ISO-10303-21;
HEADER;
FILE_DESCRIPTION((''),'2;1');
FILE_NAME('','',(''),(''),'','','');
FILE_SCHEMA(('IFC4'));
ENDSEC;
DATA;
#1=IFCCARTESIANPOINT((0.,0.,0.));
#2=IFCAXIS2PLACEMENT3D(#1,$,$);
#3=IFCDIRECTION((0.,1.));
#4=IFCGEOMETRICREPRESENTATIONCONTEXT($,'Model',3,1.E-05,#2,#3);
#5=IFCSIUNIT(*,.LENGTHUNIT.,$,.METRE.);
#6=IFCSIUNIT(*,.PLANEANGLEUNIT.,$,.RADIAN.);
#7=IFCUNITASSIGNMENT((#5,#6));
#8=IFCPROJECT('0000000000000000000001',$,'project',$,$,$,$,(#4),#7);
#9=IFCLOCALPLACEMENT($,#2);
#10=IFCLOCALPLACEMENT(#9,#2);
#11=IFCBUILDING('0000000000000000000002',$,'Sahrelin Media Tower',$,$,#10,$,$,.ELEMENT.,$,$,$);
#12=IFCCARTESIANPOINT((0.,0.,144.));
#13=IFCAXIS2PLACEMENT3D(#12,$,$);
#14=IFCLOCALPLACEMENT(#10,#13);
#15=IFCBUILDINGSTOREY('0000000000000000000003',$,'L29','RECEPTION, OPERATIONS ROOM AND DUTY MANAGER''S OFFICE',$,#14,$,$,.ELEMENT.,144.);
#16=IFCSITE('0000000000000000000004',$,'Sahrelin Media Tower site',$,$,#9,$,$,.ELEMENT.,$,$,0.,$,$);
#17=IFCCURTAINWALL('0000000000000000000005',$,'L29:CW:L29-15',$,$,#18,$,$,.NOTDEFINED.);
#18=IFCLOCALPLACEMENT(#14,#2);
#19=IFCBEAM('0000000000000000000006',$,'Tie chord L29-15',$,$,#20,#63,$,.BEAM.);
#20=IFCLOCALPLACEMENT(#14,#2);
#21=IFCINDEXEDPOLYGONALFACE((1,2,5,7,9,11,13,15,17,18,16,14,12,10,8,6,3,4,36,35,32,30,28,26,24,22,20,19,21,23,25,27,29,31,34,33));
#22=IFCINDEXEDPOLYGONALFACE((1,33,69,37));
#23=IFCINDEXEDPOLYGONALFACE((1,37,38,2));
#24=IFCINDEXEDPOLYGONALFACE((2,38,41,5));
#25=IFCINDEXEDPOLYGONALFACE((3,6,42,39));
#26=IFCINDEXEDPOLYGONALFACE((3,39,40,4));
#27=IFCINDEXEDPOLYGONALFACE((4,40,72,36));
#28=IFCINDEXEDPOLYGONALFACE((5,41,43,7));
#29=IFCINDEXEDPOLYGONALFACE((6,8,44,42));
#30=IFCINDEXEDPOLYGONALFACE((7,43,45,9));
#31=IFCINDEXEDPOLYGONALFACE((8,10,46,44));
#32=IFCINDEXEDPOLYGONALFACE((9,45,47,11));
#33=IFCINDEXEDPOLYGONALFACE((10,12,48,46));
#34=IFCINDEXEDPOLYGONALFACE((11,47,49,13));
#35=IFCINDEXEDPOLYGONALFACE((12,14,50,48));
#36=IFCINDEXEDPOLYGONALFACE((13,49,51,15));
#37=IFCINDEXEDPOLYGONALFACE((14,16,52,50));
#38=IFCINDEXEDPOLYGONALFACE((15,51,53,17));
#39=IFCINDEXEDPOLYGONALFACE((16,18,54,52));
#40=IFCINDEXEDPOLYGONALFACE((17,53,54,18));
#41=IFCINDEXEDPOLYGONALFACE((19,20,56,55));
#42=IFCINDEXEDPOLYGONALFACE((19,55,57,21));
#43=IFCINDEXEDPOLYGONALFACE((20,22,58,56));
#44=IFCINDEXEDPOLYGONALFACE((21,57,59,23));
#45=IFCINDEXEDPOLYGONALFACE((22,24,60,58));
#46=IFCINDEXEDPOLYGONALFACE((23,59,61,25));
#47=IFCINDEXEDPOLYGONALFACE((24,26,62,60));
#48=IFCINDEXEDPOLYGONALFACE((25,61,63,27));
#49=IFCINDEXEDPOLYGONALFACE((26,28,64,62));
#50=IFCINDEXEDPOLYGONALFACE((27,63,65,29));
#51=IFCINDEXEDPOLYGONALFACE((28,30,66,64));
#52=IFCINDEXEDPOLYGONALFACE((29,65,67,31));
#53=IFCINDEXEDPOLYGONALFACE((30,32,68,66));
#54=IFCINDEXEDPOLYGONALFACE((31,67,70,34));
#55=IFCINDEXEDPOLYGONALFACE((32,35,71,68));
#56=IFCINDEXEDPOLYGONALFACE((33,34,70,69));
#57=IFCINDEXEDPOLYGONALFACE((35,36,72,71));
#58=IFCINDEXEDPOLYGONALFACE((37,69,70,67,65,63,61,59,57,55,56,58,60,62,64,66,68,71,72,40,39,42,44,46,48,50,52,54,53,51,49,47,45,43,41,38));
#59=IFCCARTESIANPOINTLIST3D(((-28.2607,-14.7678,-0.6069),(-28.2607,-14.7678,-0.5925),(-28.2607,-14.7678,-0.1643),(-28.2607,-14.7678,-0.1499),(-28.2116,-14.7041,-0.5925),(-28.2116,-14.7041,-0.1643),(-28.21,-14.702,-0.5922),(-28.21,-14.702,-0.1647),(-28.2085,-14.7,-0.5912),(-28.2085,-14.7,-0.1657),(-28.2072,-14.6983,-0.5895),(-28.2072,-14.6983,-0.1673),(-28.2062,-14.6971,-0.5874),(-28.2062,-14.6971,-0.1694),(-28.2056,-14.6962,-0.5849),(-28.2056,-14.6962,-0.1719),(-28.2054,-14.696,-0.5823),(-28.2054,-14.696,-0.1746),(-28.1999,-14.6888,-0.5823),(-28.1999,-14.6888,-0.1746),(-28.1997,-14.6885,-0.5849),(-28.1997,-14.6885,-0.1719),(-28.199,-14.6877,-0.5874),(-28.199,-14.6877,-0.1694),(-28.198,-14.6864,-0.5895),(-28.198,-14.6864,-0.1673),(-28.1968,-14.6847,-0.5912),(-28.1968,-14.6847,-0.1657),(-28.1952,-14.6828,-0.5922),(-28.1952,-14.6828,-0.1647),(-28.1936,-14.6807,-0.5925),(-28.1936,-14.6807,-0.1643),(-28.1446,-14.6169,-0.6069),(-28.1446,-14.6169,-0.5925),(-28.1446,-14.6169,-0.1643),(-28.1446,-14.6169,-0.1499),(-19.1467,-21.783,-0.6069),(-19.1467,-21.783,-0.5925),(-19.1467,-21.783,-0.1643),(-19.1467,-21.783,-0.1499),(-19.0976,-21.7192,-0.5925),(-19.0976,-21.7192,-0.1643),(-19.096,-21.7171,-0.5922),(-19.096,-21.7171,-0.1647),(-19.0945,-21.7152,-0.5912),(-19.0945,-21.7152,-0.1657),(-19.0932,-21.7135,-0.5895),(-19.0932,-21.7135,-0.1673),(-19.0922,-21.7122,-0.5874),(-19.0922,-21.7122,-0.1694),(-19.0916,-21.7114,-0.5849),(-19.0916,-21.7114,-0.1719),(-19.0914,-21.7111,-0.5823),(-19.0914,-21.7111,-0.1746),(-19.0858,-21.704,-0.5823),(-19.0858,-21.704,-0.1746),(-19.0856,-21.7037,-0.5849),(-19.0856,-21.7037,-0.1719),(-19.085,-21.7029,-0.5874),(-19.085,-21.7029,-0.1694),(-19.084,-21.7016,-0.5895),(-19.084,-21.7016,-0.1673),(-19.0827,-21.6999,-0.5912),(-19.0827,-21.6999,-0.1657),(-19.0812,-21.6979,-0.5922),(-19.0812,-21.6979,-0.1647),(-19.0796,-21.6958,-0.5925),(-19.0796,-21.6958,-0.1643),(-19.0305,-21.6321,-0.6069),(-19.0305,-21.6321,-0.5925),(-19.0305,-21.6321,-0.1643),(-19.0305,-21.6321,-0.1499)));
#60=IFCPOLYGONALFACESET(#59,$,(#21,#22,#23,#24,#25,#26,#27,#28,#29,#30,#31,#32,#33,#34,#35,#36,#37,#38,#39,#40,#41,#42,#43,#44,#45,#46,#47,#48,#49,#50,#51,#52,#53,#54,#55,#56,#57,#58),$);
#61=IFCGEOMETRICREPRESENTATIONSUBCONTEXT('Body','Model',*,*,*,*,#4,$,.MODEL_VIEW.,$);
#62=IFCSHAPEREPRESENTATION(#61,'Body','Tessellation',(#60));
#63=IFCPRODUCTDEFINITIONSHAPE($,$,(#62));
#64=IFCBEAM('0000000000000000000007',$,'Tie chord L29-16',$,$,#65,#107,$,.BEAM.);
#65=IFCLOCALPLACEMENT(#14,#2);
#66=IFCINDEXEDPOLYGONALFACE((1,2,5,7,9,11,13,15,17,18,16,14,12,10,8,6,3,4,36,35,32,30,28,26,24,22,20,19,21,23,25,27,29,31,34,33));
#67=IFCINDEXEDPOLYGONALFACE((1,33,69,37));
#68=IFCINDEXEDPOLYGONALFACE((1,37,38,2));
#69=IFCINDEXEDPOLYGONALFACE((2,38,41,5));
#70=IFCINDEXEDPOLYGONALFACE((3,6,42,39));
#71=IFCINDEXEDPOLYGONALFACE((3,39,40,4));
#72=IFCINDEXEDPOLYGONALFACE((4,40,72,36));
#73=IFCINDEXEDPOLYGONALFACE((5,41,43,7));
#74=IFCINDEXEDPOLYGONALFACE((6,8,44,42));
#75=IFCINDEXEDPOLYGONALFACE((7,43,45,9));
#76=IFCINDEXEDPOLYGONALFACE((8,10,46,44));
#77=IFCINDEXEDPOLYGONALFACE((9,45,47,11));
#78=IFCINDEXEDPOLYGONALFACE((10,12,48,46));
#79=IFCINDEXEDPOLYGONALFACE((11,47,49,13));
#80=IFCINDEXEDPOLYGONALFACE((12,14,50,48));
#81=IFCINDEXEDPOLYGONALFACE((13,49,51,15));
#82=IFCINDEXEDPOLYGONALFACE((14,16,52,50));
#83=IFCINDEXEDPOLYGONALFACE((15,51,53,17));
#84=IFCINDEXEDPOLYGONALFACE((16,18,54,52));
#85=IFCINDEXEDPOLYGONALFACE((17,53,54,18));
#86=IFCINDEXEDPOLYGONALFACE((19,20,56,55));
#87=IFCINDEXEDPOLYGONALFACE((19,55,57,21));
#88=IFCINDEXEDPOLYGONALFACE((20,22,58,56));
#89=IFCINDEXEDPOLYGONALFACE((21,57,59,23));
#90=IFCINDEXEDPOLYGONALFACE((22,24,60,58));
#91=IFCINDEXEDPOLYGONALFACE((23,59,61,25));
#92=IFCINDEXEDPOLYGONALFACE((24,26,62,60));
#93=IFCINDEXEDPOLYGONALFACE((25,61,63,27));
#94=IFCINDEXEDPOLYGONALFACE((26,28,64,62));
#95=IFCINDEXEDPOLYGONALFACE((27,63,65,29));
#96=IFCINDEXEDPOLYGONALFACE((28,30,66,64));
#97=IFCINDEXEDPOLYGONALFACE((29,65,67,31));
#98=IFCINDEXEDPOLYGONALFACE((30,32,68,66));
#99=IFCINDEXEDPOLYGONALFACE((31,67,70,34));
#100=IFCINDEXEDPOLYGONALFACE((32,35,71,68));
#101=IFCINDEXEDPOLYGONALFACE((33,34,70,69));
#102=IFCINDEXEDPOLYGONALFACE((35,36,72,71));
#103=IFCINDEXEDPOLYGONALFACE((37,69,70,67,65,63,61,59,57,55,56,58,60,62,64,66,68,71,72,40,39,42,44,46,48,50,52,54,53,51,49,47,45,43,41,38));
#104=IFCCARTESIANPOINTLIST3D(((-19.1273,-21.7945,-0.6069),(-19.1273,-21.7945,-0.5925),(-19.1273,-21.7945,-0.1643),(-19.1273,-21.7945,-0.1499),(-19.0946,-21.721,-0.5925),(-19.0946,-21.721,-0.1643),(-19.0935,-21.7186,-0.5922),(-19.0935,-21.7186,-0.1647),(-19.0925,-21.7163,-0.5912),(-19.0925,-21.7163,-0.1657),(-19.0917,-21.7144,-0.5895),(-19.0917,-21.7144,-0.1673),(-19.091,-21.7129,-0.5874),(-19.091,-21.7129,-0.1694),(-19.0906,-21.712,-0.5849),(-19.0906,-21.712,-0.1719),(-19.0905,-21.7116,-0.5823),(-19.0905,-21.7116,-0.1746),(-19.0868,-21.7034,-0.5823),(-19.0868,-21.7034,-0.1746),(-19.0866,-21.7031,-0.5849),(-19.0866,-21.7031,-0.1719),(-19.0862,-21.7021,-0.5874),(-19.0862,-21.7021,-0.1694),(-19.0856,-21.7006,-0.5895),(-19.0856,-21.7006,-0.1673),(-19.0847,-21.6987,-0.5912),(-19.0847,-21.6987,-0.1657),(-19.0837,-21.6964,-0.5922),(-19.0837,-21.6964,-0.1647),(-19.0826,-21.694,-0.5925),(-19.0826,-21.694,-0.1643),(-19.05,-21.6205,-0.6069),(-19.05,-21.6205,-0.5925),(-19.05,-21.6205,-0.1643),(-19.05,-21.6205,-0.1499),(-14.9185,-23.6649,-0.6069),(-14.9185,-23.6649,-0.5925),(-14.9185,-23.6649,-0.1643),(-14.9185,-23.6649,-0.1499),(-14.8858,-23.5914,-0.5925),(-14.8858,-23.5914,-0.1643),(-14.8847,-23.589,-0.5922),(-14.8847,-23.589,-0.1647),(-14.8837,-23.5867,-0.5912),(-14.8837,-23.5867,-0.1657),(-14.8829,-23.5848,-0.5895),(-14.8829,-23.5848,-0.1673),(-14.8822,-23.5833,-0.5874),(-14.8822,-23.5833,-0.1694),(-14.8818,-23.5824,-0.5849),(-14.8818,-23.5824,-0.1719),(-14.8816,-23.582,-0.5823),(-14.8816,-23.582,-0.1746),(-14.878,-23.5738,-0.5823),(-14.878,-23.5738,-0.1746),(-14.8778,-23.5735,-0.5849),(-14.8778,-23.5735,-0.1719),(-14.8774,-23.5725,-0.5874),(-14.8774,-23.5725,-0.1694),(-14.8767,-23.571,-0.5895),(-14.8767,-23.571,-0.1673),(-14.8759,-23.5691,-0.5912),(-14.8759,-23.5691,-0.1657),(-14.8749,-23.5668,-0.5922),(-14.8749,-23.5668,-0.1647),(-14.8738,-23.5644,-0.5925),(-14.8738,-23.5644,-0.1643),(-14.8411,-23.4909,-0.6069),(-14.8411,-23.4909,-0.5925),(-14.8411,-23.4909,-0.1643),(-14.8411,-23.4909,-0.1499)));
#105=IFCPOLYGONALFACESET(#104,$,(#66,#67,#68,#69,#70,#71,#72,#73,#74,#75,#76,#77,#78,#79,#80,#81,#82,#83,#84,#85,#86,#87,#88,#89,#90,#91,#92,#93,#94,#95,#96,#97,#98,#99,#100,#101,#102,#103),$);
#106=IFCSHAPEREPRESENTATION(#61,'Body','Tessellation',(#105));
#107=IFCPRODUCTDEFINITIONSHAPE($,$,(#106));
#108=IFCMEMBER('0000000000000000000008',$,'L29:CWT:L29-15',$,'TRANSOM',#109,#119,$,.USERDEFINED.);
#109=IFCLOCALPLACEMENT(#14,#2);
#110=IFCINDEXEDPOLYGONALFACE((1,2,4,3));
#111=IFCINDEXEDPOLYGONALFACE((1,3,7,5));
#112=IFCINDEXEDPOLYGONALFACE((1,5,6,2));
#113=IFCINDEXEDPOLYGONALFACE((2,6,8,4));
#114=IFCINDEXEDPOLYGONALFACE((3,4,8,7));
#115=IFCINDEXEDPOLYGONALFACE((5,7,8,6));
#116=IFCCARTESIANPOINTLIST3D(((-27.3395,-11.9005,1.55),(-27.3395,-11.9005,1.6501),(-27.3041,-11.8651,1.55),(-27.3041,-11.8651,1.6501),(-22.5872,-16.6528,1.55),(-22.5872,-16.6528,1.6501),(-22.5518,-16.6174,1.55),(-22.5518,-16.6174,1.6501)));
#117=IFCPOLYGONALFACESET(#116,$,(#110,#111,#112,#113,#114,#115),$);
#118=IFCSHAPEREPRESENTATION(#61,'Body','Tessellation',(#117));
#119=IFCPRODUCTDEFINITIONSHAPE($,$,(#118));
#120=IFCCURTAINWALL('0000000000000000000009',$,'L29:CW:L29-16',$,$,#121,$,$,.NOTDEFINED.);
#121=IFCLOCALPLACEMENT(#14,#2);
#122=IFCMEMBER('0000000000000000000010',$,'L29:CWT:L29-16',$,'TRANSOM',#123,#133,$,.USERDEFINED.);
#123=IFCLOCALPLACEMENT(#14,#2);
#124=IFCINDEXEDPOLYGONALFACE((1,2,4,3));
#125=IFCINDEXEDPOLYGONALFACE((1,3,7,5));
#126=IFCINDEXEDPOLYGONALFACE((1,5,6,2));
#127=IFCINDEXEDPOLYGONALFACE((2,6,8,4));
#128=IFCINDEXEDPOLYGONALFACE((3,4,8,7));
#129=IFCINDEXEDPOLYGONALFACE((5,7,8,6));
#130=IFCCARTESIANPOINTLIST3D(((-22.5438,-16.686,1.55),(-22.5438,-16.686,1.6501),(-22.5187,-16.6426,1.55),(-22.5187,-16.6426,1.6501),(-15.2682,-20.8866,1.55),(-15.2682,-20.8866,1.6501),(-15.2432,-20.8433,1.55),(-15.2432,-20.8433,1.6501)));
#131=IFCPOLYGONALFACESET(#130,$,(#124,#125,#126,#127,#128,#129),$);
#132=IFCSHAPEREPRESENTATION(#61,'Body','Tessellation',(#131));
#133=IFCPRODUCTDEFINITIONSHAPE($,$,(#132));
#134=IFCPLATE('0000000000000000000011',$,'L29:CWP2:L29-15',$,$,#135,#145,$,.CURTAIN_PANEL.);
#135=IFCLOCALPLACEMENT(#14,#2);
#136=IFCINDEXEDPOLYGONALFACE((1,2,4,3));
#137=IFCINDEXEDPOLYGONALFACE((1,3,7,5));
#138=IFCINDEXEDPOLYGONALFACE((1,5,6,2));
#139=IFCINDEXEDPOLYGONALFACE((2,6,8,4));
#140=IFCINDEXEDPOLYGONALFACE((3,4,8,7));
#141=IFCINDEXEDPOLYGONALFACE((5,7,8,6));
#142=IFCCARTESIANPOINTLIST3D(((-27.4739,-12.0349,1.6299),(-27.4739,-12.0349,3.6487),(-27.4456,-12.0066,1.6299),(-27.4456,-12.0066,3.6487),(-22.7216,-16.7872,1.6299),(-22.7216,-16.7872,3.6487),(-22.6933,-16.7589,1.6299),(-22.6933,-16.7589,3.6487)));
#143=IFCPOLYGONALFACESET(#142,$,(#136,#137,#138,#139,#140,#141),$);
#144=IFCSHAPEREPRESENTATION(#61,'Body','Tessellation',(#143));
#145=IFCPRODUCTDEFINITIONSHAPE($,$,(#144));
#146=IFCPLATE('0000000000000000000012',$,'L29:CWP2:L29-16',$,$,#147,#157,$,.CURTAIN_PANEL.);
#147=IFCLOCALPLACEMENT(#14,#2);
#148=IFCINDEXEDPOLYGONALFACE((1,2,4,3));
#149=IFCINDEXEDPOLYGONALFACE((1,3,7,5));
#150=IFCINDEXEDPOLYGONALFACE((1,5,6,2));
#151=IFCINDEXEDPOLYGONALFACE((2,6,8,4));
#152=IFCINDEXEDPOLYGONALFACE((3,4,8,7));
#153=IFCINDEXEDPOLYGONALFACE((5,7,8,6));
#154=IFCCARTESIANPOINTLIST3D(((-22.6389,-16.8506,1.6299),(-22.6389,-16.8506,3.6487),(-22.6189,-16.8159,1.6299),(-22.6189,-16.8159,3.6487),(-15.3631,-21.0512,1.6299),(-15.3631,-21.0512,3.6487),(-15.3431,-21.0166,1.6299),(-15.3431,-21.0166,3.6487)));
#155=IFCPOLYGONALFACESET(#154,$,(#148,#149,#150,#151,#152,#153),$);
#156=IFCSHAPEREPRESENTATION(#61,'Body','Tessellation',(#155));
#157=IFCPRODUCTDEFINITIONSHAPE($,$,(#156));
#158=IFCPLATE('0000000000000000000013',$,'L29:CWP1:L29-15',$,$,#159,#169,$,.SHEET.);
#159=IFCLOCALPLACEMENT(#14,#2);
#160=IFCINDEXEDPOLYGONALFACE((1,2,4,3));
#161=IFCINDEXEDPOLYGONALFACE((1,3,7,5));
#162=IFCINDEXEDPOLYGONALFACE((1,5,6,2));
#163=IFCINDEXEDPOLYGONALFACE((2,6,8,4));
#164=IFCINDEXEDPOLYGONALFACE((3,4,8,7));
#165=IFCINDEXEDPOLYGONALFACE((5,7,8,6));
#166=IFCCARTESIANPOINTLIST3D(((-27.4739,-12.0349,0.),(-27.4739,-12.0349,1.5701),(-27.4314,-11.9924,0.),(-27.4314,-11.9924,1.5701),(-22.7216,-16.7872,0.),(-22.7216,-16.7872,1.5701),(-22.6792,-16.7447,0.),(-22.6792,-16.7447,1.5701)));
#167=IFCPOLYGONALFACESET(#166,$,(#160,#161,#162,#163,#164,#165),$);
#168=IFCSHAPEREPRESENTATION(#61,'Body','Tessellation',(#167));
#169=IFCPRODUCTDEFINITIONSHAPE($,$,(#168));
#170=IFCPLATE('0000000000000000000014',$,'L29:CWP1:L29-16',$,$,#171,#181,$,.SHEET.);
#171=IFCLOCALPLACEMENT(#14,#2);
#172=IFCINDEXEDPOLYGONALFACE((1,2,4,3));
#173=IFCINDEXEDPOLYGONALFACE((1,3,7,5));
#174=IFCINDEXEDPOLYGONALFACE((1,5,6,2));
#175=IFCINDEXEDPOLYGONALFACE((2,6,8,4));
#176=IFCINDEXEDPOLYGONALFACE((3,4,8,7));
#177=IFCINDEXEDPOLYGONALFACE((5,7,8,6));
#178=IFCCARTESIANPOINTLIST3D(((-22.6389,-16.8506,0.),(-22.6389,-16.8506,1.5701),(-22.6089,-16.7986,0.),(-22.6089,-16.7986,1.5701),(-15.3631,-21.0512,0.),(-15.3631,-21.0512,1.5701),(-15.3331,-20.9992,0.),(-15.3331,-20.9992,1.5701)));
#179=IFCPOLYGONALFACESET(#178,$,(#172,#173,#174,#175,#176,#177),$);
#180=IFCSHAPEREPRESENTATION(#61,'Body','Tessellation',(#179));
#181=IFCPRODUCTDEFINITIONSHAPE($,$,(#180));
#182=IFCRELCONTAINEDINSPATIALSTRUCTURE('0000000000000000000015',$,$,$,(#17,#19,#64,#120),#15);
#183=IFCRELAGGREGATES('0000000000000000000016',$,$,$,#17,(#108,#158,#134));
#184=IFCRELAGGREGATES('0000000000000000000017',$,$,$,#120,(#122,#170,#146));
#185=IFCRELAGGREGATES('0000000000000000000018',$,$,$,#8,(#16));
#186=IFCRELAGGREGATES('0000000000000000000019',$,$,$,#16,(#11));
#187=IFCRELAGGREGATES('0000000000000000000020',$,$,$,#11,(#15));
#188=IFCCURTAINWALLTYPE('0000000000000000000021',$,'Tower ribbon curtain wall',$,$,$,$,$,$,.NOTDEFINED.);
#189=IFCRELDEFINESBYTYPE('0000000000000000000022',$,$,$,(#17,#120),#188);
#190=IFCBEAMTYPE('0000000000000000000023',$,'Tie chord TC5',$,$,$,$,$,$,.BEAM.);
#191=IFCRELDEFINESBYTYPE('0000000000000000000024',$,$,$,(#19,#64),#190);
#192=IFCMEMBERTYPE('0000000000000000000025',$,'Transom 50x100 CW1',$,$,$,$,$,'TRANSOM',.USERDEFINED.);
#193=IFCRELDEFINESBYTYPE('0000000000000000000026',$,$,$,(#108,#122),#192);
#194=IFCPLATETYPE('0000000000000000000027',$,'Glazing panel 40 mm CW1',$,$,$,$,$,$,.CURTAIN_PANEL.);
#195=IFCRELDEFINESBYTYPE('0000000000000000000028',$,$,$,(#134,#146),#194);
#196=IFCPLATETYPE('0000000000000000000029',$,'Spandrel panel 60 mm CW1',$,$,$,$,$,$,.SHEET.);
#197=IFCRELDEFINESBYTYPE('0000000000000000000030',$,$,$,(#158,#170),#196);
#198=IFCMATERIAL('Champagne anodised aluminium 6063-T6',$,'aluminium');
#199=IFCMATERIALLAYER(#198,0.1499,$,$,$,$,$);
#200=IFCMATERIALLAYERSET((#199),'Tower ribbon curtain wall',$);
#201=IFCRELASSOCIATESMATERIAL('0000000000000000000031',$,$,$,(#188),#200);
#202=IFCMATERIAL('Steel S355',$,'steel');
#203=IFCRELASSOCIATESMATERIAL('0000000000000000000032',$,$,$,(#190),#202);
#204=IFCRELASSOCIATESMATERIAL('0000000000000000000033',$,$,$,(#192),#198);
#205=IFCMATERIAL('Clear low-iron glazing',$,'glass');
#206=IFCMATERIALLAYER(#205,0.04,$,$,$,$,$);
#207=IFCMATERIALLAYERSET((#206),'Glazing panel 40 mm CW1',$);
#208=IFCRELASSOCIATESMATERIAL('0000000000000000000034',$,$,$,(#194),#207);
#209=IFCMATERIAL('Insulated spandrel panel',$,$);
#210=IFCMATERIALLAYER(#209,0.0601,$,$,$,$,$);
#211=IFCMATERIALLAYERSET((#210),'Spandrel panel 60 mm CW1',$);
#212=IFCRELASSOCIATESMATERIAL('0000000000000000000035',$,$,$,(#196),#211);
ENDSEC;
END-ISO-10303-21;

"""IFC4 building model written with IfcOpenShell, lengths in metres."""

from ifc_helpers import new_model, si_unit, direction, frame, origin, origin_2d, place, context, subcontext, project, spatial, polyline, rectangle, i_section, outline, extrude, material, layer, layer_set, material_profile, profile_set, type_object, element, aggregate, save


model = new_model("IFC4")

# Units and contexts
model_context = context("Model", 3, precision=1e-05, world=origin(), true_north=direction((0.0, 1.0)))
body_context = subcontext(model_context, "Body", "Model", "MODEL_VIEW")
ifc_project = project(units=[si_unit("LENGTHUNIT", "METRE"), si_unit("PLANEANGLEUNIT", "RADIAN")], contexts=[model_context])

# Site, building, storey
site_placement = place(None, origin())
site = spatial("IfcSite", under=ifc_project, at=site_placement, Name="Sahrelin Media Tower site", CompositionType="ELEMENT", RefElevation=0.0)
building_placement = place(site_placement, origin())
building = spatial("IfcBuilding", under=site, at=building_placement, Name="Sahrelin Media Tower", CompositionType="ELEMENT")
storey_placement = place(building_placement, frame((0.0, 0.0, 144.0)))
storey = spatial("IfcBuildingStorey", under=building, at=storey_placement, Name="L29", Description="RECEPTION, OPERATIONS ROOM AND DUTY MANAGER'S OFFICE", CompositionType="ELEMENT", Elevation=144.0)

# Shared definitions
ifc_material_1 = material(Name="Steel S355", Category="steel")

# Curtain wall
ifc_material_2 = material(Name="Champagne anodised aluminium 6063-T6", Category="aluminium")
ifc_layer_1 = layer(ifc_material_2, 0.1499)
ifc_layer_set_1 = layer_set([ifc_layer_1], Name="Tower ribbon curtain wall")
curtain_wall_type = type_object("IfcCurtainWallType", Name="Tower ribbon curtain wall", PredefinedType="NOTDEFINED", material=ifc_layer_set_1)
curtain_wall_1_placement = place(storey_placement, frame((-25.0835, -14.397, 0.0), z_axis=(0.0, 0.0, 1.0), x_axis=(1.0, 0.0, 0.0)))
curtain_wall_1 = element("IfcCurtainWall", 1, at=curtain_wall_1_placement, inside=storey, type_object=curtain_wall_type, Name="L29:CW:L29-15", PredefinedType="NOTDEFINED")

# Beams
ifc_material_profile_1 = material_profile(ifc_material_1, i_section(OverallWidth=0.1904, OverallDepth=0.457, WebThickness=0.009, FlangeThickness=0.0144, FilletRadius=0.0103, at=origin_2d()), Name="UB 457x191x74")
ifc_profile_set_1 = profile_set([ifc_material_profile_1], Name="Steel S355")
beam_type_1 = type_object("IfcBeamType", Name="Tie chord TC5", PredefinedType="BEAM", material=ifc_profile_set_1)
beam_1_placement = place(storey_placement, frame((-28.2026, -14.6924, -0.3784), z_axis=(0.792441, -0.609949, 0.0), x_axis=(0.609949, 0.792441, 0.0)))
element("IfcBeam", 2, at=beam_1_placement, inside=storey, type_object=beam_type_1, Name="Tie chord L29-15", PredefinedType="BEAM", context=body_context, shape_type="SweptSolid", body=[
    extrude(i_section(OverallWidth=0.1904, OverallDepth=0.457, WebThickness=0.009, FlangeThickness=0.0144, FilletRadius=0.0103, at=origin_2d()), origin(), (0.0, 0.0, 1.0), 11.5012),
])
beam_2_placement = place(storey_placement, frame((-19.0886, -21.7075, -0.3784), z_axis=(0.913827, -0.406104, 0.0), x_axis=(0.406104, 0.913827, 0.0)))
element("IfcBeam", 3, at=beam_2_placement, inside=storey, type_object=beam_type_1, Name="Tie chord L29-16", PredefinedType="BEAM", context=body_context, shape_type="SweptSolid", body=[
    extrude(i_section(OverallWidth=0.1904, OverallDepth=0.457, WebThickness=0.009, FlangeThickness=0.0144, FilletRadius=0.0103, at=origin_2d()), origin(), (0.0, 0.0, 1.0), 4.6057),
])

# Member
ifc_material_profile_2 = material_profile(ifc_material_2, rectangle(XDim=0.05, YDim=0.1001, at=origin_2d()), Name="Transom 50x100")
ifc_profile_set_2 = profile_set([ifc_material_profile_2], Name="Champagne anodised aluminium 6063-T6")
member_type_1 = type_object("IfcMemberType", Name="Transom 50x100 CW1", ElementType="TRANSOM", PredefinedType="USERDEFINED", material=ifc_profile_set_2)
member_1_placement = place(storey_placement, frame((-27.3218, -11.8828, 1.6001), z_axis=(0.707107, -0.707107, 0.0), x_axis=(0.707107, 0.707107, 0.0)))
member_1 = element("IfcMember", 4, at=member_1_placement, type_object=member_type_1, Name="L29:CWT:L29-15", ObjectType="TRANSOM", PredefinedType="USERDEFINED", context=body_context, shape_type="SweptSolid", body=[
    extrude(rectangle(XDim=0.05, YDim=0.1001, at=origin_2d()), origin(), (0.0, 0.0, 1.0), 6.7207),
])

# Curtain wall, member
curtain_wall_2_placement = place(storey_placement, frame((-18.991, -18.9336, 0.0), z_axis=(0.0, 0.0, 1.0), x_axis=(1.0, 0.0, 0.0)))
curtain_wall_2 = element("IfcCurtainWall", 5, at=curtain_wall_2_placement, inside=storey, type_object=curtain_wall_type, Name="L29:CW:L29-16", PredefinedType="NOTDEFINED")
member_2_placement = place(storey_placement, frame((-22.5312, -16.6643, 1.6001), z_axis=(0.866021, -0.500008, 0.0), x_axis=(0.500008, 0.866021, 0.0)))
member_2 = element("IfcMember", 6, at=member_2_placement, type_object=member_type_1, Name="L29:CWT:L29-16", ObjectType="TRANSOM", PredefinedType="USERDEFINED", context=body_context, shape_type="SweptSolid", body=[
    extrude(rectangle(XDim=0.05, YDim=0.1001, at=origin_2d()), origin(), (0.0, 0.0, 1.0), 8.4011),
])

# Plates
ifc_material_3 = material(Name="Clear low-iron glazing", Category="glass")
ifc_layer_2 = layer(ifc_material_3, 0.04)
ifc_layer_set_2 = layer_set([ifc_layer_2], Name="Glazing panel 40 mm CW1")
plate_type_1 = type_object("IfcPlateType", Name="Glazing panel 40 mm CW1", PredefinedType="CURTAIN_PANEL", material=ifc_layer_set_2)
plate_1_placement = place(storey_placement, frame((-27.4739, -12.0349, 1.6299), z_axis=(-0.707107, -0.707107, 0.0), x_axis=(0.707107, -0.707107, 0.0)))
plate_1 = element("IfcPlate", 7, at=plate_1_placement, type_object=plate_type_1, Name="L29:CWP2:L29-15", PredefinedType="CURTAIN_PANEL", context=body_context, shape_type="SweptSolid", body=[
    extrude(outline(polyline([(0.0, 0.0), (6.7207, 0.0), (6.7207, 2.0188), (0.0, 2.0188), (0.0, 0.0)])), origin(), (0.0, 0.0, -1.0), 0.04),
])
plate_2_placement = place(storey_placement, frame((-22.6389, -16.8506, 1.6299), z_axis=(-0.499996, -0.866028, 0.0), x_axis=(0.866028, -0.499996, 0.0)))
plate_2 = element("IfcPlate", 8, at=plate_2_placement, type_object=plate_type_1, Name="L29:CWP2:L29-16", PredefinedType="CURTAIN_PANEL", context=body_context, shape_type="SweptSolid", body=[
    extrude(outline(polyline([(0.0, 0.0), (8.4014, 0.0), (8.4014, 2.0188), (0.0, 2.0188), (0.0, 0.0)])), origin(), (0.0, 0.0, -1.0), 0.04),
])
ifc_material_4 = material(Name="Insulated spandrel panel")
ifc_layer_3 = layer(ifc_material_4, 0.0601)
ifc_layer_set_3 = layer_set([ifc_layer_3], Name="Spandrel panel 60 mm CW1")
plate_type_2 = type_object("IfcPlateType", Name="Spandrel panel 60 mm CW1", PredefinedType="SHEET", material=ifc_layer_set_3)
plate_3_placement = place(storey_placement, frame((-27.4739, -12.0349, 0.0), z_axis=(-0.707107, -0.707107, 0.0), x_axis=(0.707107, -0.707107, 0.0)))
plate_3 = element("IfcPlate", 9, at=plate_3_placement, type_object=plate_type_2, Name="L29:CWP1:L29-15", PredefinedType="SHEET", context=body_context, shape_type="SweptSolid", body=[
    extrude(outline(polyline([(0.0, 0.0), (6.7207, 0.0), (6.7207, 1.5701), (0.0, 1.5701), (0.0, 0.0)])), origin(), (0.0, 0.0, -1.0), 0.0601),
])
aggregate(curtain_wall_1, [member_1, plate_3, plate_1])
plate_4_placement = place(storey_placement, frame((-22.6389, -16.8506, 0.0), z_axis=(-0.499996, -0.866028, 0.0), x_axis=(0.866028, -0.499996, 0.0)))
plate_4 = element("IfcPlate", 10, at=plate_4_placement, type_object=plate_type_2, Name="L29:CWP1:L29-16", PredefinedType="SHEET", context=body_context, shape_type="SweptSolid", body=[
    extrude(outline(polyline([(0.0, 0.0), (8.4014, 0.0), (8.4014, 1.5701), (0.0, 1.5701), (0.0, 0.0)])), origin(), (0.0, 0.0, -1.0), 0.0601),
])
aggregate(curtain_wall_2, [member_2, plate_4, plate_2])

save(model, "model.ifc")
